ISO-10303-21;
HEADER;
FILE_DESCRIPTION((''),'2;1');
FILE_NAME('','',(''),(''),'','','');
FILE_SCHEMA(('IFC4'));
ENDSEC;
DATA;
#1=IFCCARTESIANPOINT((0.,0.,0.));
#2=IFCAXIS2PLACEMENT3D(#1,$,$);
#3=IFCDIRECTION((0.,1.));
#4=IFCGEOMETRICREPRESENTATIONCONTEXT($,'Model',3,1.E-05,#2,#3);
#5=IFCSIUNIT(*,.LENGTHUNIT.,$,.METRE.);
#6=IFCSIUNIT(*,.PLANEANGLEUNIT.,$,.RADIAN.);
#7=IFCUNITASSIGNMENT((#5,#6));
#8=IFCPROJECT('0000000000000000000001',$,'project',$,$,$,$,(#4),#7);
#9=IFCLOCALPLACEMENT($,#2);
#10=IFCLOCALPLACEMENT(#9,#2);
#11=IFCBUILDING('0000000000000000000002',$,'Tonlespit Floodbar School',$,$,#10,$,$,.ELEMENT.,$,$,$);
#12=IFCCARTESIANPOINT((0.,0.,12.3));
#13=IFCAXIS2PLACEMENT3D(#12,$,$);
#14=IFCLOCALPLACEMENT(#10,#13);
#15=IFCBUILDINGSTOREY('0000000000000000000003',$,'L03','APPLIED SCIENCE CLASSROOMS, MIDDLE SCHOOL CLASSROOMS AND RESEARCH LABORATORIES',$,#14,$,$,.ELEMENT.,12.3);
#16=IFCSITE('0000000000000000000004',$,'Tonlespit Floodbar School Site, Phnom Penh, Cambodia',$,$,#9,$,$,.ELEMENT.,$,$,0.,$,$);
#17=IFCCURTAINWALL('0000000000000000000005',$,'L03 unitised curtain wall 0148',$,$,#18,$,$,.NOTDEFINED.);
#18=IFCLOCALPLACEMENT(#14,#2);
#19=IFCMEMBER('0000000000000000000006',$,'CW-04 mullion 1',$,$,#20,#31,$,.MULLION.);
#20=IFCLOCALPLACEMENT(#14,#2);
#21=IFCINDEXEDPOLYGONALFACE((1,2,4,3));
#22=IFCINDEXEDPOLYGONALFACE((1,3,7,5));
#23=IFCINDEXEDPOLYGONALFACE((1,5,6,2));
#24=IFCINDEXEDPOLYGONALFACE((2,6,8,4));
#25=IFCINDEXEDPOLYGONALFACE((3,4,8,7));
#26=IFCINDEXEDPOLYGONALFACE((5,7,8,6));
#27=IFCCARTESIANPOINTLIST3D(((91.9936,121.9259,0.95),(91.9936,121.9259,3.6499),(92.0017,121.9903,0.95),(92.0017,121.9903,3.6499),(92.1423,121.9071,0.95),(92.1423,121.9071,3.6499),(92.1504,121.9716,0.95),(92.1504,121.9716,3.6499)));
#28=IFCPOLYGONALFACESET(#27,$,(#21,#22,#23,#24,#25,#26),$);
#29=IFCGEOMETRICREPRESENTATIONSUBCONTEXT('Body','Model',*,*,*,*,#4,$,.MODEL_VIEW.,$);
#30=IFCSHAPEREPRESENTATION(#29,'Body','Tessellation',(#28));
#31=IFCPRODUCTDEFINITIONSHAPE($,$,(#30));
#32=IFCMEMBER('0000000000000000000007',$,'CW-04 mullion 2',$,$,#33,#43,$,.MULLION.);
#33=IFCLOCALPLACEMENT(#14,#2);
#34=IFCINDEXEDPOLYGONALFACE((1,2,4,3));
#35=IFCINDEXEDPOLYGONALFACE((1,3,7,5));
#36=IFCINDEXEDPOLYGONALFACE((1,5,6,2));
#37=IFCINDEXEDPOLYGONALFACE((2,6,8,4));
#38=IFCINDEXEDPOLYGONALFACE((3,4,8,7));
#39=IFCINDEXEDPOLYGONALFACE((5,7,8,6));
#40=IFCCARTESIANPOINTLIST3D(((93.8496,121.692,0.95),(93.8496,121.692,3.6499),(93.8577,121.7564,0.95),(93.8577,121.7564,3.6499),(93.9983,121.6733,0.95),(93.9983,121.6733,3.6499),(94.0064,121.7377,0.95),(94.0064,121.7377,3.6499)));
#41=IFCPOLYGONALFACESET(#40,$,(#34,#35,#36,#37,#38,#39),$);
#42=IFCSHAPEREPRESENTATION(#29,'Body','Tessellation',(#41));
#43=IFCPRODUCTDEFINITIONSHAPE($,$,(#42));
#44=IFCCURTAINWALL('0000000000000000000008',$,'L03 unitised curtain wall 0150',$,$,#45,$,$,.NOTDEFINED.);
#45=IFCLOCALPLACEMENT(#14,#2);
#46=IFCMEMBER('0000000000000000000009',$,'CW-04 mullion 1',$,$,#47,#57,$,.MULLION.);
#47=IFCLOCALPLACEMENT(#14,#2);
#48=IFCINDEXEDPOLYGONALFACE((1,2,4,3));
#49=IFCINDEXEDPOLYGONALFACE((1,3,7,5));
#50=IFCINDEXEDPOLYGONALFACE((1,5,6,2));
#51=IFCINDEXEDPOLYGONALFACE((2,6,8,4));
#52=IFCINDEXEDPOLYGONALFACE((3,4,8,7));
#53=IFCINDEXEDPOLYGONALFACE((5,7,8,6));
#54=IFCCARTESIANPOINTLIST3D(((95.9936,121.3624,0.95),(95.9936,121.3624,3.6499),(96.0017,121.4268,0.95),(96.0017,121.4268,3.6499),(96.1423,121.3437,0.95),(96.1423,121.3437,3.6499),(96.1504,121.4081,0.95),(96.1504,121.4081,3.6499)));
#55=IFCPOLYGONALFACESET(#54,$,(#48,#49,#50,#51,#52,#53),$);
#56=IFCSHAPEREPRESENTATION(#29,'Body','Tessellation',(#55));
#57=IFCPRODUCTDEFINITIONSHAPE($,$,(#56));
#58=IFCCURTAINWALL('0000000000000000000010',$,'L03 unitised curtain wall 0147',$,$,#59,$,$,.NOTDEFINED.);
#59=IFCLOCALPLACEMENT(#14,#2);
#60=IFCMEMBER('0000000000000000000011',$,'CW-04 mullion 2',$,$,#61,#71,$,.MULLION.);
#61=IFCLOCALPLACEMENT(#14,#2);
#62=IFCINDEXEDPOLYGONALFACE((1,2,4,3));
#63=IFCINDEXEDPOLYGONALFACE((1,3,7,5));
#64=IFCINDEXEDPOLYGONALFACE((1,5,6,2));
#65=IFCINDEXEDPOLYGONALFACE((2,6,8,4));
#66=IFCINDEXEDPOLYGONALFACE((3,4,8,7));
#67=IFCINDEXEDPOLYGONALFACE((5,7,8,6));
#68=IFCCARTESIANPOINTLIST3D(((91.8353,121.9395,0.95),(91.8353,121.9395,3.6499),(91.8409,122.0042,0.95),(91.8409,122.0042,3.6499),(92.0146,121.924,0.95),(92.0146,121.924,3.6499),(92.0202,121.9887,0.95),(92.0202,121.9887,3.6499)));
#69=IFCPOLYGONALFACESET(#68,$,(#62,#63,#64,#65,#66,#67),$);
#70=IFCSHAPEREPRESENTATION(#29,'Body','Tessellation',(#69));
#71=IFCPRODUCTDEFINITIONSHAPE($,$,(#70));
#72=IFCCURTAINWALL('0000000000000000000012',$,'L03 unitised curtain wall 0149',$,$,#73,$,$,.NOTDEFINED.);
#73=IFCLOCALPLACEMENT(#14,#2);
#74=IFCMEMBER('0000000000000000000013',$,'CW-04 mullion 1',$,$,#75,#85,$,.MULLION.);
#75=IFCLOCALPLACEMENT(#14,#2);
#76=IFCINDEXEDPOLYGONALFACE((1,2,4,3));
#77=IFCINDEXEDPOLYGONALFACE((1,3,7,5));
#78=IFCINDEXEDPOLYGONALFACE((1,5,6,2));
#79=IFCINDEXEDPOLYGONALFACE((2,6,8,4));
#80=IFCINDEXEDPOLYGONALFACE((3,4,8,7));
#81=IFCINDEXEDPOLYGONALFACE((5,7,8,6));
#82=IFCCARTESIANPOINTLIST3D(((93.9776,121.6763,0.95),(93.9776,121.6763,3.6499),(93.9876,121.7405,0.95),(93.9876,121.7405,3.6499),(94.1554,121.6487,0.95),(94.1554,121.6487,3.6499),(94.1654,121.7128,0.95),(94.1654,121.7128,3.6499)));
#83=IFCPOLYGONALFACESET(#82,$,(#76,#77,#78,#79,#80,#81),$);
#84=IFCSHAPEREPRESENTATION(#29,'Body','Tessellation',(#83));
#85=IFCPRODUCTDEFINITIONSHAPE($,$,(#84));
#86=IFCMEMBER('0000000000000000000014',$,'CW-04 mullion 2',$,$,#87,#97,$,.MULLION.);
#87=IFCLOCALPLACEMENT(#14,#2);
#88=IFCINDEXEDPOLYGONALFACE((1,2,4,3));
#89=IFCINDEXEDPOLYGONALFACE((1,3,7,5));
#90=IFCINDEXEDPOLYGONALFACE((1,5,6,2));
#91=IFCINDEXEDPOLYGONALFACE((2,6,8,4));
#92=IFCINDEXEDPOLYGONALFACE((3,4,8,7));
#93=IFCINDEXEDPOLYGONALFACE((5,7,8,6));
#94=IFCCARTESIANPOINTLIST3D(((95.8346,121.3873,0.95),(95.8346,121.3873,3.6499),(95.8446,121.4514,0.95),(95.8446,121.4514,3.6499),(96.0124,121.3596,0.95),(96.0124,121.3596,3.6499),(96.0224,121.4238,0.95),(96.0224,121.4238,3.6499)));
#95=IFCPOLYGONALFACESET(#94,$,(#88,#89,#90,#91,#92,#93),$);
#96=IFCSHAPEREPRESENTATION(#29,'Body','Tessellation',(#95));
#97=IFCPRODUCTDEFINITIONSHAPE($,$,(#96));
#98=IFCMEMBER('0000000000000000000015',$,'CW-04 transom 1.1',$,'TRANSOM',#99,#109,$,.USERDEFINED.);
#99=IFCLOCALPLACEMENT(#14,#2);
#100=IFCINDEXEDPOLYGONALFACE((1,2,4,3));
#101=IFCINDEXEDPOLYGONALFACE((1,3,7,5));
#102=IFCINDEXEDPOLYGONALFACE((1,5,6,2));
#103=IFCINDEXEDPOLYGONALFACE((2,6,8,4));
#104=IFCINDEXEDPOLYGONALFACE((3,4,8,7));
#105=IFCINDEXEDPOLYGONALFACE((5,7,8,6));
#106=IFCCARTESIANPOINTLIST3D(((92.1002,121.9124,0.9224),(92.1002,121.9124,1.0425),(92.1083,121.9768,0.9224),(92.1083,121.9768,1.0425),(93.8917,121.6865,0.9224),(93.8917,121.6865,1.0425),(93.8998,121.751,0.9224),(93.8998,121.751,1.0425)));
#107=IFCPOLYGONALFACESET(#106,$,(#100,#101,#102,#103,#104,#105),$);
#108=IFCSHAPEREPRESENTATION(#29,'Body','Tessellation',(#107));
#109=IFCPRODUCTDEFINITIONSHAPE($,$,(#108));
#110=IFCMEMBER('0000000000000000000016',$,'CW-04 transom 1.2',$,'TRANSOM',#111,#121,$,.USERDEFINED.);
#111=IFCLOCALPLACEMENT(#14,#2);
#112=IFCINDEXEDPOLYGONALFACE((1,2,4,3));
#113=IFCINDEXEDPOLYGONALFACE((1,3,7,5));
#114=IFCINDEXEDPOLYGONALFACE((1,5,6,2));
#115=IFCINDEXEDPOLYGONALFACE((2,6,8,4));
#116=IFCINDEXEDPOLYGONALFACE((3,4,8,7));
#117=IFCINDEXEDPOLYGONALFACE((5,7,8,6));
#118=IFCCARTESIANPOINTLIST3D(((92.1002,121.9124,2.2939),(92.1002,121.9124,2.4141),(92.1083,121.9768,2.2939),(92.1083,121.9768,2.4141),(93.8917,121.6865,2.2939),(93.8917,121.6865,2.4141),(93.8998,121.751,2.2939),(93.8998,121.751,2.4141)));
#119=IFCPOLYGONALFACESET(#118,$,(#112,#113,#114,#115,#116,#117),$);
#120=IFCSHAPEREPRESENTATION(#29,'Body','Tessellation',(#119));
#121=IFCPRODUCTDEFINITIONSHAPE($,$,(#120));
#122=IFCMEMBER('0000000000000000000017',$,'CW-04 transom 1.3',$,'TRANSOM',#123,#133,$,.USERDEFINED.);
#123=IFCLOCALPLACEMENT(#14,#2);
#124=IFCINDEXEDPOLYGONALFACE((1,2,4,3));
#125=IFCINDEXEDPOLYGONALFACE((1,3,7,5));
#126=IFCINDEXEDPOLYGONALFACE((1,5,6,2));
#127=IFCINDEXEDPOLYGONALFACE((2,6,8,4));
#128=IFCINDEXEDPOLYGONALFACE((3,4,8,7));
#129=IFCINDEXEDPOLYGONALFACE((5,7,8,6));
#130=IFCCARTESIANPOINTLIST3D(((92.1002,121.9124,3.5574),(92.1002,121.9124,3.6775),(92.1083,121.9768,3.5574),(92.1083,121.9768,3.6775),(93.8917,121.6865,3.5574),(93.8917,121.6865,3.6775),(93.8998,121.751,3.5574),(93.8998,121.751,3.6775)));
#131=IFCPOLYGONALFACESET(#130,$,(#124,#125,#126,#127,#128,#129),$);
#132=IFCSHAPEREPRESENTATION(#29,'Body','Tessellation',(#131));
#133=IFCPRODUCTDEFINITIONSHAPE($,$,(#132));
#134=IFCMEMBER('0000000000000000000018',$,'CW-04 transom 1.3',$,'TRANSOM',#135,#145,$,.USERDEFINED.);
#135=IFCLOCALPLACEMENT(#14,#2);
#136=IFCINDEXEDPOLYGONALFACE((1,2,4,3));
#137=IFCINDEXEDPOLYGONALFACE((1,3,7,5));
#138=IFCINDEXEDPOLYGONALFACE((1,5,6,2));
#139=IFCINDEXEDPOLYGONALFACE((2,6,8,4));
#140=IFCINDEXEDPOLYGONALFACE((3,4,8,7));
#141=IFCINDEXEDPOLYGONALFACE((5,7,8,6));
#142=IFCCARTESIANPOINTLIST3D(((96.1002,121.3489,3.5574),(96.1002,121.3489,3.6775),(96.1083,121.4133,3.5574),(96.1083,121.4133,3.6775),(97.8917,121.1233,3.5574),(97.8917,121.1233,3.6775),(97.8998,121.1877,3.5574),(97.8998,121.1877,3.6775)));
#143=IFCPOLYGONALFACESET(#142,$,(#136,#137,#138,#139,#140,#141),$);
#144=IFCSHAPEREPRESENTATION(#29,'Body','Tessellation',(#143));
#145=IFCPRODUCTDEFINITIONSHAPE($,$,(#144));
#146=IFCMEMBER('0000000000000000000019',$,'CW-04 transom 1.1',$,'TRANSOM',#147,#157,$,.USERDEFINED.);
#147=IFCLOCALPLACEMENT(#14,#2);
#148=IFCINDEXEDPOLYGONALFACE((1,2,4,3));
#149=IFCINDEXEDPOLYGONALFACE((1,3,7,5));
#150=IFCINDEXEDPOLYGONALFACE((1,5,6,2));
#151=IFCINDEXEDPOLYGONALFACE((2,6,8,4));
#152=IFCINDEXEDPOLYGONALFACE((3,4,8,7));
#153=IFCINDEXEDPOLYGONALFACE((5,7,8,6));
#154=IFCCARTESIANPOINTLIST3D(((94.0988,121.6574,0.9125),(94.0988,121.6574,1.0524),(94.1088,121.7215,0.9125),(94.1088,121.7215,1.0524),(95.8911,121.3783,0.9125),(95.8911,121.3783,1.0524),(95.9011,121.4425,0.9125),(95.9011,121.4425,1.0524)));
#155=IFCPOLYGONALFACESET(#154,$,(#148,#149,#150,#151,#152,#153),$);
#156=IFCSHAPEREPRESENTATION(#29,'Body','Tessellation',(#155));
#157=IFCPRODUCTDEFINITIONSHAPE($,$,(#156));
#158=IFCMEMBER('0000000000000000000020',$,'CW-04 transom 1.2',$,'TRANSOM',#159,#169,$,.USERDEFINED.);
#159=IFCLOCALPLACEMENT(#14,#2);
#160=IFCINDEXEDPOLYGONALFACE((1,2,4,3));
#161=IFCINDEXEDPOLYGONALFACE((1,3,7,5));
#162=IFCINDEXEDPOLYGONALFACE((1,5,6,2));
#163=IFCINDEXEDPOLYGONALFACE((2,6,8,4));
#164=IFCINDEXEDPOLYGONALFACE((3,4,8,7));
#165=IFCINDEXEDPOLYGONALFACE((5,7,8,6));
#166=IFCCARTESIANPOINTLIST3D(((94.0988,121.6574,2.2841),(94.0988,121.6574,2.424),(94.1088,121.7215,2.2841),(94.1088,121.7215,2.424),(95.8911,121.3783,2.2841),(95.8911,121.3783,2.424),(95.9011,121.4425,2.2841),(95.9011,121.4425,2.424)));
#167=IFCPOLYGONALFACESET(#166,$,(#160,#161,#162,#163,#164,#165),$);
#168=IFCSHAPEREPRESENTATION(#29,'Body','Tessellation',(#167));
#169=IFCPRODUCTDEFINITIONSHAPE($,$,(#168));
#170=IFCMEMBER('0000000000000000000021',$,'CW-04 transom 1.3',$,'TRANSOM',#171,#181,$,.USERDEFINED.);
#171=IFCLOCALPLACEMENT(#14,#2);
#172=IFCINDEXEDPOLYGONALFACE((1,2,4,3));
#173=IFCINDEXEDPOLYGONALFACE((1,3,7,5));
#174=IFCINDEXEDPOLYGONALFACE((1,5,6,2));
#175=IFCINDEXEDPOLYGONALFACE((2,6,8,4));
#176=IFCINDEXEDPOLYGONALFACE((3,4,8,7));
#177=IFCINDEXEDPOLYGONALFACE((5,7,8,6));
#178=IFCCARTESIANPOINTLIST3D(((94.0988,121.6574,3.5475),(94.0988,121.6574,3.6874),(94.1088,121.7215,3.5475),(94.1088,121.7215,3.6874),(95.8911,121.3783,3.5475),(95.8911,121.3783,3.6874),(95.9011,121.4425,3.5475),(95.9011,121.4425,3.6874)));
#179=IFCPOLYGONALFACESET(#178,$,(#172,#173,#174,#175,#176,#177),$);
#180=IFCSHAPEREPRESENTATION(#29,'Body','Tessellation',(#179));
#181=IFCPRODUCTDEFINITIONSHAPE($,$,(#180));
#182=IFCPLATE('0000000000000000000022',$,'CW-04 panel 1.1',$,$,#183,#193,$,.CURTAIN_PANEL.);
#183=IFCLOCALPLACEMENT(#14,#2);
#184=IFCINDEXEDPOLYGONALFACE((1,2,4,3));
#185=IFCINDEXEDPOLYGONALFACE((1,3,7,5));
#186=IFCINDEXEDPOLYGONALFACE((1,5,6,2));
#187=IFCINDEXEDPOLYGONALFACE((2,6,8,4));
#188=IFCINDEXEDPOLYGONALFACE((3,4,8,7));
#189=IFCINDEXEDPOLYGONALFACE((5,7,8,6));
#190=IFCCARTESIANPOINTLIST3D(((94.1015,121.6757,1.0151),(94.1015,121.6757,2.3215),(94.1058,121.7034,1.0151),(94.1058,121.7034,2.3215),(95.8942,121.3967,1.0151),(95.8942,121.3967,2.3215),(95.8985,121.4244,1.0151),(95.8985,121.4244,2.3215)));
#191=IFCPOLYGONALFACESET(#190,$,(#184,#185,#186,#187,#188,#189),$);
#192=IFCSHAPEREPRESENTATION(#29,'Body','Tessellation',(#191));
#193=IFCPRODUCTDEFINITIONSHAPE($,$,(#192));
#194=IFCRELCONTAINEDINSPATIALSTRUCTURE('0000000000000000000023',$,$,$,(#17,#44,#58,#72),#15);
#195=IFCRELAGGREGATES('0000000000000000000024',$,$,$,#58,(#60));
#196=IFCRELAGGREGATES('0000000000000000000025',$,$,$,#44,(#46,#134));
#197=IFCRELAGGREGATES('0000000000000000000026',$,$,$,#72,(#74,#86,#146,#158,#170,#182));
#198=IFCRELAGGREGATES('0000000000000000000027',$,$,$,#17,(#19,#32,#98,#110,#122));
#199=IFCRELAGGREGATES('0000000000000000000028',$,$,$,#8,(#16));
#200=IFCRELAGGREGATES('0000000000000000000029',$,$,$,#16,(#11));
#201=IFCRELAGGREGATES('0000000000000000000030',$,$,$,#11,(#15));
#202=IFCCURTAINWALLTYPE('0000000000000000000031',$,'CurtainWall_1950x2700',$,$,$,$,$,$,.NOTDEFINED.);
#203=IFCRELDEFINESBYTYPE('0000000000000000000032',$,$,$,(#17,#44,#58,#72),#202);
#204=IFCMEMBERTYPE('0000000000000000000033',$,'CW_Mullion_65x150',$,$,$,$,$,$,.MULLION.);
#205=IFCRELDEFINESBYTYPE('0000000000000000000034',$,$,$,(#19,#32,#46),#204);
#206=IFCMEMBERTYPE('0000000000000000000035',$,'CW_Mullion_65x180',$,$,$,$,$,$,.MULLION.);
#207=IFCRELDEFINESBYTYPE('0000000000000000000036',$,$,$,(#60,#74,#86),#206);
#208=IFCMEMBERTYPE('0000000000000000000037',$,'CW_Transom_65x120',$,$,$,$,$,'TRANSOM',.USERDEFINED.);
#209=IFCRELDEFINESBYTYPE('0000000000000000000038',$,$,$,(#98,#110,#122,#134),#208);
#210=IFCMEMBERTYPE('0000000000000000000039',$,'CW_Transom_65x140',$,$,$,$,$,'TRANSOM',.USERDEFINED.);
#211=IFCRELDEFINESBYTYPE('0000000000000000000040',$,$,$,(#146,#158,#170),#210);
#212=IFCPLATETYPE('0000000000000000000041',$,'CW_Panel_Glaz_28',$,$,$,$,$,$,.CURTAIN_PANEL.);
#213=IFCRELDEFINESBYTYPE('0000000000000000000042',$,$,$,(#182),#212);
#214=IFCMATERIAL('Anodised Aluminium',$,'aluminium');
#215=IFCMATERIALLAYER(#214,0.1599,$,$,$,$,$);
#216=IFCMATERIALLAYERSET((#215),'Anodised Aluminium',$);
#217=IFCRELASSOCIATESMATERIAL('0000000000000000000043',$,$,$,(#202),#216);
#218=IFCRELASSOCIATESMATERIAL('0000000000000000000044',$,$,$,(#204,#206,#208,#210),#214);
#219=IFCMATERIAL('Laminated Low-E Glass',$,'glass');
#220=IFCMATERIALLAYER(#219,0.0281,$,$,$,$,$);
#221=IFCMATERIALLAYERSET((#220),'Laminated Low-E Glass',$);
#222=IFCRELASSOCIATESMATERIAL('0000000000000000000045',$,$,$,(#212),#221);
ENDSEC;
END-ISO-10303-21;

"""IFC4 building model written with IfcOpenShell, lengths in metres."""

from ifc_helpers import new_model, si_unit, direction, frame, origin, origin_2d, place, context, subcontext, project, spatial, rectangle, extrude, material, layer, layer_set, material_profile, profile_set, type_object, element, aggregate, save


model = new_model("IFC4")

# Units and contexts
model_context = context("Model", 3, precision=1e-05, world=origin(), true_north=direction((0.0, 1.0)))
body_context = subcontext(model_context, "Body", "Model", "MODEL_VIEW")
ifc_project = project(units=[si_unit("LENGTHUNIT", "METRE"), si_unit("PLANEANGLEUNIT", "RADIAN")], contexts=[model_context])

# Site, building, storey
site_placement = place(None, origin())
site = spatial("IfcSite", under=ifc_project, at=site_placement, Name="Tonlespit Floodbar School Site, Phnom Penh, Cambodia", CompositionType="ELEMENT", RefElevation=0.0)
building_placement = place(site_placement, origin())
building = spatial("IfcBuilding", under=site, at=building_placement, Name="Tonlespit Floodbar School", CompositionType="ELEMENT")
storey_placement = place(building_placement, frame((0.0, 0.0, 12.3)))
storey = spatial("IfcBuildingStorey", under=building, at=storey_placement, Name="L03", Description="APPLIED SCIENCE CLASSROOMS, MIDDLE SCHOOL CLASSROOMS AND RESEARCH LABORATORIES", CompositionType="ELEMENT", Elevation=12.3)

# Curtain wall, members
ifc_material_1 = material(Name="Anodised Aluminium", Category="aluminium")
ifc_layer_1 = layer(ifc_material_1, 0.1599)
ifc_layer_set_1 = layer_set([ifc_layer_1], Name="Anodised Aluminium")
curtain_wall_type = type_object("IfcCurtainWallType", Name="CurtainWall_1950x2700", PredefinedType="NOTDEFINED", material=ifc_layer_set_1)
curtain_wall_1_placement = place(storey_placement, origin())
curtain_wall_1 = element("IfcCurtainWall", 1, at=curtain_wall_1_placement, inside=storey, type_object=curtain_wall_type, Name="L03 unitised curtain wall 0148", PredefinedType="NOTDEFINED")
ifc_material_profile_1 = material_profile(ifc_material_1, rectangle(XDim=0.0649, YDim=0.1499, at=origin_2d()), Name="ALU M65x150")
ifc_profile_set_1 = profile_set([ifc_material_profile_1], Name="Anodised Aluminium")
member_type_1 = type_object("IfcMemberType", Name="CW_Mullion_65x150", PredefinedType="MULLION", material=ifc_profile_set_1)
member_1_placement = place(storey_placement, frame((92.072, 121.9487, 0.95), z_axis=(0.0, 0.0, 1.0), x_axis=(0.125014, 0.992155, 0.0)))
member_1 = element("IfcMember", 2, at=member_1_placement, type_object=member_type_1, Name="CW-04 mullion 1", PredefinedType="MULLION", context=body_context, shape_type="SweptSolid", body=[
    extrude(rectangle(XDim=0.0649, YDim=0.1499, at=origin_2d()), origin(), (0.0, 0.0, 1.0), 2.7),
])
member_2_placement = place(storey_placement, frame((93.928, 121.7148, 0.95), z_axis=(0.0, 0.0, 1.0), x_axis=(0.125014, 0.992155, 0.0)))
member_2 = element("IfcMember", 3, at=member_2_placement, type_object=member_type_1, Name="CW-04 mullion 2", PredefinedType="MULLION", context=body_context, shape_type="SweptSolid", body=[
    extrude(rectangle(XDim=0.0649, YDim=0.1499, at=origin_2d()), origin(), (0.0, 0.0, 1.0), 2.7),
])

# Curtain walls, members
curtain_wall_2_placement = place(storey_placement, origin())
curtain_wall_2 = element("IfcCurtainWall", 4, at=curtain_wall_2_placement, inside=storey, type_object=curtain_wall_type, Name="L03 unitised curtain wall 0150", PredefinedType="NOTDEFINED")
member_3_placement = place(storey_placement, frame((96.072, 121.3853, 0.95), z_axis=(0.0, 0.0, 1.0), x_axis=(0.125014, 0.992155, 0.0)))
member_3 = element("IfcMember", 5, at=member_3_placement, type_object=member_type_1, Name="CW-04 mullion 1", PredefinedType="MULLION", context=body_context, shape_type="SweptSolid", body=[
    extrude(rectangle(XDim=0.0649, YDim=0.1499, at=origin_2d()), origin(), (0.0, 0.0, 1.0), 2.7),
])
curtain_wall_3_placement = place(storey_placement, origin())
curtain_wall_3 = element("IfcCurtainWall", 6, at=curtain_wall_3_placement, inside=storey, type_object=curtain_wall_type, Name="L03 unitised curtain wall 0147", PredefinedType="NOTDEFINED")
ifc_material_profile_2 = material_profile(ifc_material_1, rectangle(XDim=0.0649, YDim=0.1799, at=origin_2d()), Name="ALU M65x180")
ifc_profile_set_2 = profile_set([ifc_material_profile_2], Name="Anodised Aluminium")
member_type_2 = type_object("IfcMemberType", Name="CW_Mullion_65x180", PredefinedType="MULLION", material=ifc_profile_set_2)
member_4_placement = place(storey_placement, frame((91.9277, 121.9641, 0.95), z_axis=(0.0, 0.0, 1.0), x_axis=(0.086531, 0.996249, 0.0)))
member_4 = element("IfcMember", 7, at=member_4_placement, type_object=member_type_2, Name="CW-04 mullion 2", PredefinedType="MULLION", context=body_context, shape_type="SweptSolid", body=[
    extrude(rectangle(XDim=0.0649, YDim=0.1799, at=origin_2d()), origin(), (0.0, 0.0, 1.0), 2.7),
])
aggregate(curtain_wall_3, [member_4])

# Curtain wall, members
curtain_wall_4_placement = place(storey_placement, origin())
curtain_wall_4 = element("IfcCurtainWall", 8, at=curtain_wall_4_placement, inside=storey, type_object=curtain_wall_type, Name="L03 unitised curtain wall 0149", PredefinedType="NOTDEFINED")
member_5_placement = place(storey_placement, frame((94.0715, 121.6946, 0.95), z_axis=(0.0, 0.0, 1.0), x_axis=(0.153796, 0.988103, 0.0)))
member_5 = element("IfcMember", 9, at=member_5_placement, type_object=member_type_2, Name="CW-04 mullion 1", PredefinedType="MULLION", context=body_context, shape_type="SweptSolid", body=[
    extrude(rectangle(XDim=0.0649, YDim=0.1799, at=origin_2d()), origin(), (0.0, 0.0, 1.0), 2.7),
])
member_6_placement = place(storey_placement, frame((95.9285, 121.4055, 0.95), z_axis=(0.0, 0.0, 1.0), x_axis=(0.153796, 0.988103, 0.0)))
member_6 = element("IfcMember", 10, at=member_6_placement, type_object=member_type_2, Name="CW-04 mullion 2", PredefinedType="MULLION", context=body_context, shape_type="SweptSolid", body=[
    extrude(rectangle(XDim=0.0649, YDim=0.1799, at=origin_2d()), origin(), (0.0, 0.0, 1.0), 2.7),
])

# Members
ifc_material_profile_3 = material_profile(ifc_material_1, rectangle(XDim=0.0649, YDim=0.1201, at=origin_2d()), Name="ALU T65x120")
ifc_profile_set_3 = profile_set([ifc_material_profile_3], Name="Anodised Aluminium")
member_type_3 = type_object("IfcMemberType", Name="CW_Transom_65x120", ElementType="TRANSOM", PredefinedType="USERDEFINED", material=ifc_profile_set_3)
member_7_placement = place(storey_placement, frame((92.1042, 121.9446, 0.9824), z_axis=(0.992148, -0.125066, 0.0), x_axis=(0.125066, 0.992148, 0.0)))
member_7 = element("IfcMember", 11, at=member_7_placement, type_object=member_type_3, Name="CW-04 transom 1.1", ObjectType="TRANSOM", PredefinedType="USERDEFINED", context=body_context, shape_type="SweptSolid", body=[
    extrude(rectangle(XDim=0.0649, YDim=0.1201, at=origin_2d()), origin(), (0.0, 0.0, 1.0), 1.8057),
])
member_8_placement = place(storey_placement, frame((92.1042, 121.9446, 2.354), z_axis=(0.992148, -0.125066, 0.0), x_axis=(0.125066, 0.992148, 0.0)))
member_8 = element("IfcMember", 12, at=member_8_placement, type_object=member_type_3, Name="CW-04 transom 1.2", ObjectType="TRANSOM", PredefinedType="USERDEFINED", context=body_context, shape_type="SweptSolid", body=[
    extrude(rectangle(XDim=0.0649, YDim=0.1201, at=origin_2d()), origin(), (0.0, 0.0, 1.0), 1.8057),
])
member_9_placement = place(storey_placement, frame((92.1042, 121.9446, 3.6174), z_axis=(0.992148, -0.125066, 0.0), x_axis=(0.125066, 0.992148, 0.0)))
member_9 = element("IfcMember", 13, at=member_9_placement, type_object=member_type_3, Name="CW-04 transom 1.3", ObjectType="TRANSOM", PredefinedType="USERDEFINED", context=body_context, shape_type="SweptSolid", body=[
    extrude(rectangle(XDim=0.0649, YDim=0.1201, at=origin_2d()), origin(), (0.0, 0.0, 1.0), 1.8057),
])
member_10_placement = place(storey_placement, frame((96.1042, 121.3811, 3.6174), z_axis=(0.992165, -0.124933, 0.0), x_axis=(0.124933, 0.992165, 0.0)))
member_10 = element("IfcMember", 14, at=member_10_placement, type_object=member_type_3, Name="CW-04 transom 1.3", ObjectType="TRANSOM", PredefinedType="USERDEFINED", context=body_context, shape_type="SweptSolid", body=[
    extrude(rectangle(XDim=0.0649, YDim=0.1201, at=origin_2d()), origin(), (0.0, 0.0, 1.0), 1.8057),
])
aggregate(curtain_wall_2, [member_3, member_10])
ifc_material_profile_4 = material_profile(ifc_material_1, rectangle(XDim=0.0649, YDim=0.1399, at=origin_2d()), Name="ALU T65x140")
ifc_profile_set_4 = profile_set([ifc_material_profile_4], Name="Anodised Aluminium")
member_type_4 = type_object("IfcMemberType", Name="CW_Transom_65x140", ElementType="TRANSOM", PredefinedType="USERDEFINED", material=ifc_profile_set_4)
member_11_placement = place(storey_placement, frame((94.1038, 121.6895, 0.9824), z_axis=(0.988098, -0.153827, 0.0), x_axis=(0.153827, 0.988098, 0.0)))
member_11 = element("IfcMember", 15, at=member_11_placement, type_object=member_type_4, Name="CW-04 transom 1.1", ObjectType="TRANSOM", PredefinedType="USERDEFINED", context=body_context, shape_type="SweptSolid", body=[
    extrude(rectangle(XDim=0.0649, YDim=0.1399, at=origin_2d()), origin(), (0.0, 0.0, 1.0), 1.814),
])
member_12_placement = place(storey_placement, frame((94.1038, 121.6895, 2.354), z_axis=(0.988098, -0.153827, 0.0), x_axis=(0.153827, 0.988098, 0.0)))
member_12 = element("IfcMember", 16, at=member_12_placement, type_object=member_type_4, Name="CW-04 transom 1.2", ObjectType="TRANSOM", PredefinedType="USERDEFINED", context=body_context, shape_type="SweptSolid", body=[
    extrude(rectangle(XDim=0.0649, YDim=0.1399, at=origin_2d()), origin(), (0.0, 0.0, 1.0), 1.814),
])
member_13_placement = place(storey_placement, frame((94.1038, 121.6895, 3.6174), z_axis=(0.988098, -0.153827, 0.0), x_axis=(0.153827, 0.988098, 0.0)))
member_13 = element("IfcMember", 17, at=member_13_placement, type_object=member_type_4, Name="CW-04 transom 1.3", ObjectType="TRANSOM", PredefinedType="USERDEFINED", context=body_context, shape_type="SweptSolid", body=[
    extrude(rectangle(XDim=0.0649, YDim=0.1399, at=origin_2d()), origin(), (0.0, 0.0, 1.0), 1.814),
])

# Plate
ifc_material_2 = material(Name="Laminated Low-E Glass", Category="glass")
ifc_layer_2 = layer(ifc_material_2, 0.0281)
ifc_layer_set_2 = layer_set([ifc_layer_2], Name="Laminated Low-E Glass")
plate_type_1 = type_object("IfcPlateType", Name="CW_Panel_Glaz_28", PredefinedType="CURTAIN_PANEL", material=ifc_layer_set_2)
plate_1_placement = place(storey_placement, frame((95.0, 121.55, 1.0151), z_axis=(0.0, 0.0, 1.0), x_axis=(0.988103, -0.153796, 0.0)))
plate_1 = element("IfcPlate", 18, at=plate_1_placement, type_object=plate_type_1, Name="CW-04 panel 1.1", PredefinedType="CURTAIN_PANEL", context=body_context, shape_type="SweptSolid", body=[
    extrude(rectangle(XDim=1.8142, YDim=0.0281, at=origin_2d()), origin(), (0.0, 0.0, 1.0), 1.3064),
])
aggregate(curtain_wall_4, [member_5, member_6, member_11, member_12, member_13, plate_1])
aggregate(curtain_wall_1, [member_1, member_2, member_7, member_8, member_9])

save(model, "model.ifc")
